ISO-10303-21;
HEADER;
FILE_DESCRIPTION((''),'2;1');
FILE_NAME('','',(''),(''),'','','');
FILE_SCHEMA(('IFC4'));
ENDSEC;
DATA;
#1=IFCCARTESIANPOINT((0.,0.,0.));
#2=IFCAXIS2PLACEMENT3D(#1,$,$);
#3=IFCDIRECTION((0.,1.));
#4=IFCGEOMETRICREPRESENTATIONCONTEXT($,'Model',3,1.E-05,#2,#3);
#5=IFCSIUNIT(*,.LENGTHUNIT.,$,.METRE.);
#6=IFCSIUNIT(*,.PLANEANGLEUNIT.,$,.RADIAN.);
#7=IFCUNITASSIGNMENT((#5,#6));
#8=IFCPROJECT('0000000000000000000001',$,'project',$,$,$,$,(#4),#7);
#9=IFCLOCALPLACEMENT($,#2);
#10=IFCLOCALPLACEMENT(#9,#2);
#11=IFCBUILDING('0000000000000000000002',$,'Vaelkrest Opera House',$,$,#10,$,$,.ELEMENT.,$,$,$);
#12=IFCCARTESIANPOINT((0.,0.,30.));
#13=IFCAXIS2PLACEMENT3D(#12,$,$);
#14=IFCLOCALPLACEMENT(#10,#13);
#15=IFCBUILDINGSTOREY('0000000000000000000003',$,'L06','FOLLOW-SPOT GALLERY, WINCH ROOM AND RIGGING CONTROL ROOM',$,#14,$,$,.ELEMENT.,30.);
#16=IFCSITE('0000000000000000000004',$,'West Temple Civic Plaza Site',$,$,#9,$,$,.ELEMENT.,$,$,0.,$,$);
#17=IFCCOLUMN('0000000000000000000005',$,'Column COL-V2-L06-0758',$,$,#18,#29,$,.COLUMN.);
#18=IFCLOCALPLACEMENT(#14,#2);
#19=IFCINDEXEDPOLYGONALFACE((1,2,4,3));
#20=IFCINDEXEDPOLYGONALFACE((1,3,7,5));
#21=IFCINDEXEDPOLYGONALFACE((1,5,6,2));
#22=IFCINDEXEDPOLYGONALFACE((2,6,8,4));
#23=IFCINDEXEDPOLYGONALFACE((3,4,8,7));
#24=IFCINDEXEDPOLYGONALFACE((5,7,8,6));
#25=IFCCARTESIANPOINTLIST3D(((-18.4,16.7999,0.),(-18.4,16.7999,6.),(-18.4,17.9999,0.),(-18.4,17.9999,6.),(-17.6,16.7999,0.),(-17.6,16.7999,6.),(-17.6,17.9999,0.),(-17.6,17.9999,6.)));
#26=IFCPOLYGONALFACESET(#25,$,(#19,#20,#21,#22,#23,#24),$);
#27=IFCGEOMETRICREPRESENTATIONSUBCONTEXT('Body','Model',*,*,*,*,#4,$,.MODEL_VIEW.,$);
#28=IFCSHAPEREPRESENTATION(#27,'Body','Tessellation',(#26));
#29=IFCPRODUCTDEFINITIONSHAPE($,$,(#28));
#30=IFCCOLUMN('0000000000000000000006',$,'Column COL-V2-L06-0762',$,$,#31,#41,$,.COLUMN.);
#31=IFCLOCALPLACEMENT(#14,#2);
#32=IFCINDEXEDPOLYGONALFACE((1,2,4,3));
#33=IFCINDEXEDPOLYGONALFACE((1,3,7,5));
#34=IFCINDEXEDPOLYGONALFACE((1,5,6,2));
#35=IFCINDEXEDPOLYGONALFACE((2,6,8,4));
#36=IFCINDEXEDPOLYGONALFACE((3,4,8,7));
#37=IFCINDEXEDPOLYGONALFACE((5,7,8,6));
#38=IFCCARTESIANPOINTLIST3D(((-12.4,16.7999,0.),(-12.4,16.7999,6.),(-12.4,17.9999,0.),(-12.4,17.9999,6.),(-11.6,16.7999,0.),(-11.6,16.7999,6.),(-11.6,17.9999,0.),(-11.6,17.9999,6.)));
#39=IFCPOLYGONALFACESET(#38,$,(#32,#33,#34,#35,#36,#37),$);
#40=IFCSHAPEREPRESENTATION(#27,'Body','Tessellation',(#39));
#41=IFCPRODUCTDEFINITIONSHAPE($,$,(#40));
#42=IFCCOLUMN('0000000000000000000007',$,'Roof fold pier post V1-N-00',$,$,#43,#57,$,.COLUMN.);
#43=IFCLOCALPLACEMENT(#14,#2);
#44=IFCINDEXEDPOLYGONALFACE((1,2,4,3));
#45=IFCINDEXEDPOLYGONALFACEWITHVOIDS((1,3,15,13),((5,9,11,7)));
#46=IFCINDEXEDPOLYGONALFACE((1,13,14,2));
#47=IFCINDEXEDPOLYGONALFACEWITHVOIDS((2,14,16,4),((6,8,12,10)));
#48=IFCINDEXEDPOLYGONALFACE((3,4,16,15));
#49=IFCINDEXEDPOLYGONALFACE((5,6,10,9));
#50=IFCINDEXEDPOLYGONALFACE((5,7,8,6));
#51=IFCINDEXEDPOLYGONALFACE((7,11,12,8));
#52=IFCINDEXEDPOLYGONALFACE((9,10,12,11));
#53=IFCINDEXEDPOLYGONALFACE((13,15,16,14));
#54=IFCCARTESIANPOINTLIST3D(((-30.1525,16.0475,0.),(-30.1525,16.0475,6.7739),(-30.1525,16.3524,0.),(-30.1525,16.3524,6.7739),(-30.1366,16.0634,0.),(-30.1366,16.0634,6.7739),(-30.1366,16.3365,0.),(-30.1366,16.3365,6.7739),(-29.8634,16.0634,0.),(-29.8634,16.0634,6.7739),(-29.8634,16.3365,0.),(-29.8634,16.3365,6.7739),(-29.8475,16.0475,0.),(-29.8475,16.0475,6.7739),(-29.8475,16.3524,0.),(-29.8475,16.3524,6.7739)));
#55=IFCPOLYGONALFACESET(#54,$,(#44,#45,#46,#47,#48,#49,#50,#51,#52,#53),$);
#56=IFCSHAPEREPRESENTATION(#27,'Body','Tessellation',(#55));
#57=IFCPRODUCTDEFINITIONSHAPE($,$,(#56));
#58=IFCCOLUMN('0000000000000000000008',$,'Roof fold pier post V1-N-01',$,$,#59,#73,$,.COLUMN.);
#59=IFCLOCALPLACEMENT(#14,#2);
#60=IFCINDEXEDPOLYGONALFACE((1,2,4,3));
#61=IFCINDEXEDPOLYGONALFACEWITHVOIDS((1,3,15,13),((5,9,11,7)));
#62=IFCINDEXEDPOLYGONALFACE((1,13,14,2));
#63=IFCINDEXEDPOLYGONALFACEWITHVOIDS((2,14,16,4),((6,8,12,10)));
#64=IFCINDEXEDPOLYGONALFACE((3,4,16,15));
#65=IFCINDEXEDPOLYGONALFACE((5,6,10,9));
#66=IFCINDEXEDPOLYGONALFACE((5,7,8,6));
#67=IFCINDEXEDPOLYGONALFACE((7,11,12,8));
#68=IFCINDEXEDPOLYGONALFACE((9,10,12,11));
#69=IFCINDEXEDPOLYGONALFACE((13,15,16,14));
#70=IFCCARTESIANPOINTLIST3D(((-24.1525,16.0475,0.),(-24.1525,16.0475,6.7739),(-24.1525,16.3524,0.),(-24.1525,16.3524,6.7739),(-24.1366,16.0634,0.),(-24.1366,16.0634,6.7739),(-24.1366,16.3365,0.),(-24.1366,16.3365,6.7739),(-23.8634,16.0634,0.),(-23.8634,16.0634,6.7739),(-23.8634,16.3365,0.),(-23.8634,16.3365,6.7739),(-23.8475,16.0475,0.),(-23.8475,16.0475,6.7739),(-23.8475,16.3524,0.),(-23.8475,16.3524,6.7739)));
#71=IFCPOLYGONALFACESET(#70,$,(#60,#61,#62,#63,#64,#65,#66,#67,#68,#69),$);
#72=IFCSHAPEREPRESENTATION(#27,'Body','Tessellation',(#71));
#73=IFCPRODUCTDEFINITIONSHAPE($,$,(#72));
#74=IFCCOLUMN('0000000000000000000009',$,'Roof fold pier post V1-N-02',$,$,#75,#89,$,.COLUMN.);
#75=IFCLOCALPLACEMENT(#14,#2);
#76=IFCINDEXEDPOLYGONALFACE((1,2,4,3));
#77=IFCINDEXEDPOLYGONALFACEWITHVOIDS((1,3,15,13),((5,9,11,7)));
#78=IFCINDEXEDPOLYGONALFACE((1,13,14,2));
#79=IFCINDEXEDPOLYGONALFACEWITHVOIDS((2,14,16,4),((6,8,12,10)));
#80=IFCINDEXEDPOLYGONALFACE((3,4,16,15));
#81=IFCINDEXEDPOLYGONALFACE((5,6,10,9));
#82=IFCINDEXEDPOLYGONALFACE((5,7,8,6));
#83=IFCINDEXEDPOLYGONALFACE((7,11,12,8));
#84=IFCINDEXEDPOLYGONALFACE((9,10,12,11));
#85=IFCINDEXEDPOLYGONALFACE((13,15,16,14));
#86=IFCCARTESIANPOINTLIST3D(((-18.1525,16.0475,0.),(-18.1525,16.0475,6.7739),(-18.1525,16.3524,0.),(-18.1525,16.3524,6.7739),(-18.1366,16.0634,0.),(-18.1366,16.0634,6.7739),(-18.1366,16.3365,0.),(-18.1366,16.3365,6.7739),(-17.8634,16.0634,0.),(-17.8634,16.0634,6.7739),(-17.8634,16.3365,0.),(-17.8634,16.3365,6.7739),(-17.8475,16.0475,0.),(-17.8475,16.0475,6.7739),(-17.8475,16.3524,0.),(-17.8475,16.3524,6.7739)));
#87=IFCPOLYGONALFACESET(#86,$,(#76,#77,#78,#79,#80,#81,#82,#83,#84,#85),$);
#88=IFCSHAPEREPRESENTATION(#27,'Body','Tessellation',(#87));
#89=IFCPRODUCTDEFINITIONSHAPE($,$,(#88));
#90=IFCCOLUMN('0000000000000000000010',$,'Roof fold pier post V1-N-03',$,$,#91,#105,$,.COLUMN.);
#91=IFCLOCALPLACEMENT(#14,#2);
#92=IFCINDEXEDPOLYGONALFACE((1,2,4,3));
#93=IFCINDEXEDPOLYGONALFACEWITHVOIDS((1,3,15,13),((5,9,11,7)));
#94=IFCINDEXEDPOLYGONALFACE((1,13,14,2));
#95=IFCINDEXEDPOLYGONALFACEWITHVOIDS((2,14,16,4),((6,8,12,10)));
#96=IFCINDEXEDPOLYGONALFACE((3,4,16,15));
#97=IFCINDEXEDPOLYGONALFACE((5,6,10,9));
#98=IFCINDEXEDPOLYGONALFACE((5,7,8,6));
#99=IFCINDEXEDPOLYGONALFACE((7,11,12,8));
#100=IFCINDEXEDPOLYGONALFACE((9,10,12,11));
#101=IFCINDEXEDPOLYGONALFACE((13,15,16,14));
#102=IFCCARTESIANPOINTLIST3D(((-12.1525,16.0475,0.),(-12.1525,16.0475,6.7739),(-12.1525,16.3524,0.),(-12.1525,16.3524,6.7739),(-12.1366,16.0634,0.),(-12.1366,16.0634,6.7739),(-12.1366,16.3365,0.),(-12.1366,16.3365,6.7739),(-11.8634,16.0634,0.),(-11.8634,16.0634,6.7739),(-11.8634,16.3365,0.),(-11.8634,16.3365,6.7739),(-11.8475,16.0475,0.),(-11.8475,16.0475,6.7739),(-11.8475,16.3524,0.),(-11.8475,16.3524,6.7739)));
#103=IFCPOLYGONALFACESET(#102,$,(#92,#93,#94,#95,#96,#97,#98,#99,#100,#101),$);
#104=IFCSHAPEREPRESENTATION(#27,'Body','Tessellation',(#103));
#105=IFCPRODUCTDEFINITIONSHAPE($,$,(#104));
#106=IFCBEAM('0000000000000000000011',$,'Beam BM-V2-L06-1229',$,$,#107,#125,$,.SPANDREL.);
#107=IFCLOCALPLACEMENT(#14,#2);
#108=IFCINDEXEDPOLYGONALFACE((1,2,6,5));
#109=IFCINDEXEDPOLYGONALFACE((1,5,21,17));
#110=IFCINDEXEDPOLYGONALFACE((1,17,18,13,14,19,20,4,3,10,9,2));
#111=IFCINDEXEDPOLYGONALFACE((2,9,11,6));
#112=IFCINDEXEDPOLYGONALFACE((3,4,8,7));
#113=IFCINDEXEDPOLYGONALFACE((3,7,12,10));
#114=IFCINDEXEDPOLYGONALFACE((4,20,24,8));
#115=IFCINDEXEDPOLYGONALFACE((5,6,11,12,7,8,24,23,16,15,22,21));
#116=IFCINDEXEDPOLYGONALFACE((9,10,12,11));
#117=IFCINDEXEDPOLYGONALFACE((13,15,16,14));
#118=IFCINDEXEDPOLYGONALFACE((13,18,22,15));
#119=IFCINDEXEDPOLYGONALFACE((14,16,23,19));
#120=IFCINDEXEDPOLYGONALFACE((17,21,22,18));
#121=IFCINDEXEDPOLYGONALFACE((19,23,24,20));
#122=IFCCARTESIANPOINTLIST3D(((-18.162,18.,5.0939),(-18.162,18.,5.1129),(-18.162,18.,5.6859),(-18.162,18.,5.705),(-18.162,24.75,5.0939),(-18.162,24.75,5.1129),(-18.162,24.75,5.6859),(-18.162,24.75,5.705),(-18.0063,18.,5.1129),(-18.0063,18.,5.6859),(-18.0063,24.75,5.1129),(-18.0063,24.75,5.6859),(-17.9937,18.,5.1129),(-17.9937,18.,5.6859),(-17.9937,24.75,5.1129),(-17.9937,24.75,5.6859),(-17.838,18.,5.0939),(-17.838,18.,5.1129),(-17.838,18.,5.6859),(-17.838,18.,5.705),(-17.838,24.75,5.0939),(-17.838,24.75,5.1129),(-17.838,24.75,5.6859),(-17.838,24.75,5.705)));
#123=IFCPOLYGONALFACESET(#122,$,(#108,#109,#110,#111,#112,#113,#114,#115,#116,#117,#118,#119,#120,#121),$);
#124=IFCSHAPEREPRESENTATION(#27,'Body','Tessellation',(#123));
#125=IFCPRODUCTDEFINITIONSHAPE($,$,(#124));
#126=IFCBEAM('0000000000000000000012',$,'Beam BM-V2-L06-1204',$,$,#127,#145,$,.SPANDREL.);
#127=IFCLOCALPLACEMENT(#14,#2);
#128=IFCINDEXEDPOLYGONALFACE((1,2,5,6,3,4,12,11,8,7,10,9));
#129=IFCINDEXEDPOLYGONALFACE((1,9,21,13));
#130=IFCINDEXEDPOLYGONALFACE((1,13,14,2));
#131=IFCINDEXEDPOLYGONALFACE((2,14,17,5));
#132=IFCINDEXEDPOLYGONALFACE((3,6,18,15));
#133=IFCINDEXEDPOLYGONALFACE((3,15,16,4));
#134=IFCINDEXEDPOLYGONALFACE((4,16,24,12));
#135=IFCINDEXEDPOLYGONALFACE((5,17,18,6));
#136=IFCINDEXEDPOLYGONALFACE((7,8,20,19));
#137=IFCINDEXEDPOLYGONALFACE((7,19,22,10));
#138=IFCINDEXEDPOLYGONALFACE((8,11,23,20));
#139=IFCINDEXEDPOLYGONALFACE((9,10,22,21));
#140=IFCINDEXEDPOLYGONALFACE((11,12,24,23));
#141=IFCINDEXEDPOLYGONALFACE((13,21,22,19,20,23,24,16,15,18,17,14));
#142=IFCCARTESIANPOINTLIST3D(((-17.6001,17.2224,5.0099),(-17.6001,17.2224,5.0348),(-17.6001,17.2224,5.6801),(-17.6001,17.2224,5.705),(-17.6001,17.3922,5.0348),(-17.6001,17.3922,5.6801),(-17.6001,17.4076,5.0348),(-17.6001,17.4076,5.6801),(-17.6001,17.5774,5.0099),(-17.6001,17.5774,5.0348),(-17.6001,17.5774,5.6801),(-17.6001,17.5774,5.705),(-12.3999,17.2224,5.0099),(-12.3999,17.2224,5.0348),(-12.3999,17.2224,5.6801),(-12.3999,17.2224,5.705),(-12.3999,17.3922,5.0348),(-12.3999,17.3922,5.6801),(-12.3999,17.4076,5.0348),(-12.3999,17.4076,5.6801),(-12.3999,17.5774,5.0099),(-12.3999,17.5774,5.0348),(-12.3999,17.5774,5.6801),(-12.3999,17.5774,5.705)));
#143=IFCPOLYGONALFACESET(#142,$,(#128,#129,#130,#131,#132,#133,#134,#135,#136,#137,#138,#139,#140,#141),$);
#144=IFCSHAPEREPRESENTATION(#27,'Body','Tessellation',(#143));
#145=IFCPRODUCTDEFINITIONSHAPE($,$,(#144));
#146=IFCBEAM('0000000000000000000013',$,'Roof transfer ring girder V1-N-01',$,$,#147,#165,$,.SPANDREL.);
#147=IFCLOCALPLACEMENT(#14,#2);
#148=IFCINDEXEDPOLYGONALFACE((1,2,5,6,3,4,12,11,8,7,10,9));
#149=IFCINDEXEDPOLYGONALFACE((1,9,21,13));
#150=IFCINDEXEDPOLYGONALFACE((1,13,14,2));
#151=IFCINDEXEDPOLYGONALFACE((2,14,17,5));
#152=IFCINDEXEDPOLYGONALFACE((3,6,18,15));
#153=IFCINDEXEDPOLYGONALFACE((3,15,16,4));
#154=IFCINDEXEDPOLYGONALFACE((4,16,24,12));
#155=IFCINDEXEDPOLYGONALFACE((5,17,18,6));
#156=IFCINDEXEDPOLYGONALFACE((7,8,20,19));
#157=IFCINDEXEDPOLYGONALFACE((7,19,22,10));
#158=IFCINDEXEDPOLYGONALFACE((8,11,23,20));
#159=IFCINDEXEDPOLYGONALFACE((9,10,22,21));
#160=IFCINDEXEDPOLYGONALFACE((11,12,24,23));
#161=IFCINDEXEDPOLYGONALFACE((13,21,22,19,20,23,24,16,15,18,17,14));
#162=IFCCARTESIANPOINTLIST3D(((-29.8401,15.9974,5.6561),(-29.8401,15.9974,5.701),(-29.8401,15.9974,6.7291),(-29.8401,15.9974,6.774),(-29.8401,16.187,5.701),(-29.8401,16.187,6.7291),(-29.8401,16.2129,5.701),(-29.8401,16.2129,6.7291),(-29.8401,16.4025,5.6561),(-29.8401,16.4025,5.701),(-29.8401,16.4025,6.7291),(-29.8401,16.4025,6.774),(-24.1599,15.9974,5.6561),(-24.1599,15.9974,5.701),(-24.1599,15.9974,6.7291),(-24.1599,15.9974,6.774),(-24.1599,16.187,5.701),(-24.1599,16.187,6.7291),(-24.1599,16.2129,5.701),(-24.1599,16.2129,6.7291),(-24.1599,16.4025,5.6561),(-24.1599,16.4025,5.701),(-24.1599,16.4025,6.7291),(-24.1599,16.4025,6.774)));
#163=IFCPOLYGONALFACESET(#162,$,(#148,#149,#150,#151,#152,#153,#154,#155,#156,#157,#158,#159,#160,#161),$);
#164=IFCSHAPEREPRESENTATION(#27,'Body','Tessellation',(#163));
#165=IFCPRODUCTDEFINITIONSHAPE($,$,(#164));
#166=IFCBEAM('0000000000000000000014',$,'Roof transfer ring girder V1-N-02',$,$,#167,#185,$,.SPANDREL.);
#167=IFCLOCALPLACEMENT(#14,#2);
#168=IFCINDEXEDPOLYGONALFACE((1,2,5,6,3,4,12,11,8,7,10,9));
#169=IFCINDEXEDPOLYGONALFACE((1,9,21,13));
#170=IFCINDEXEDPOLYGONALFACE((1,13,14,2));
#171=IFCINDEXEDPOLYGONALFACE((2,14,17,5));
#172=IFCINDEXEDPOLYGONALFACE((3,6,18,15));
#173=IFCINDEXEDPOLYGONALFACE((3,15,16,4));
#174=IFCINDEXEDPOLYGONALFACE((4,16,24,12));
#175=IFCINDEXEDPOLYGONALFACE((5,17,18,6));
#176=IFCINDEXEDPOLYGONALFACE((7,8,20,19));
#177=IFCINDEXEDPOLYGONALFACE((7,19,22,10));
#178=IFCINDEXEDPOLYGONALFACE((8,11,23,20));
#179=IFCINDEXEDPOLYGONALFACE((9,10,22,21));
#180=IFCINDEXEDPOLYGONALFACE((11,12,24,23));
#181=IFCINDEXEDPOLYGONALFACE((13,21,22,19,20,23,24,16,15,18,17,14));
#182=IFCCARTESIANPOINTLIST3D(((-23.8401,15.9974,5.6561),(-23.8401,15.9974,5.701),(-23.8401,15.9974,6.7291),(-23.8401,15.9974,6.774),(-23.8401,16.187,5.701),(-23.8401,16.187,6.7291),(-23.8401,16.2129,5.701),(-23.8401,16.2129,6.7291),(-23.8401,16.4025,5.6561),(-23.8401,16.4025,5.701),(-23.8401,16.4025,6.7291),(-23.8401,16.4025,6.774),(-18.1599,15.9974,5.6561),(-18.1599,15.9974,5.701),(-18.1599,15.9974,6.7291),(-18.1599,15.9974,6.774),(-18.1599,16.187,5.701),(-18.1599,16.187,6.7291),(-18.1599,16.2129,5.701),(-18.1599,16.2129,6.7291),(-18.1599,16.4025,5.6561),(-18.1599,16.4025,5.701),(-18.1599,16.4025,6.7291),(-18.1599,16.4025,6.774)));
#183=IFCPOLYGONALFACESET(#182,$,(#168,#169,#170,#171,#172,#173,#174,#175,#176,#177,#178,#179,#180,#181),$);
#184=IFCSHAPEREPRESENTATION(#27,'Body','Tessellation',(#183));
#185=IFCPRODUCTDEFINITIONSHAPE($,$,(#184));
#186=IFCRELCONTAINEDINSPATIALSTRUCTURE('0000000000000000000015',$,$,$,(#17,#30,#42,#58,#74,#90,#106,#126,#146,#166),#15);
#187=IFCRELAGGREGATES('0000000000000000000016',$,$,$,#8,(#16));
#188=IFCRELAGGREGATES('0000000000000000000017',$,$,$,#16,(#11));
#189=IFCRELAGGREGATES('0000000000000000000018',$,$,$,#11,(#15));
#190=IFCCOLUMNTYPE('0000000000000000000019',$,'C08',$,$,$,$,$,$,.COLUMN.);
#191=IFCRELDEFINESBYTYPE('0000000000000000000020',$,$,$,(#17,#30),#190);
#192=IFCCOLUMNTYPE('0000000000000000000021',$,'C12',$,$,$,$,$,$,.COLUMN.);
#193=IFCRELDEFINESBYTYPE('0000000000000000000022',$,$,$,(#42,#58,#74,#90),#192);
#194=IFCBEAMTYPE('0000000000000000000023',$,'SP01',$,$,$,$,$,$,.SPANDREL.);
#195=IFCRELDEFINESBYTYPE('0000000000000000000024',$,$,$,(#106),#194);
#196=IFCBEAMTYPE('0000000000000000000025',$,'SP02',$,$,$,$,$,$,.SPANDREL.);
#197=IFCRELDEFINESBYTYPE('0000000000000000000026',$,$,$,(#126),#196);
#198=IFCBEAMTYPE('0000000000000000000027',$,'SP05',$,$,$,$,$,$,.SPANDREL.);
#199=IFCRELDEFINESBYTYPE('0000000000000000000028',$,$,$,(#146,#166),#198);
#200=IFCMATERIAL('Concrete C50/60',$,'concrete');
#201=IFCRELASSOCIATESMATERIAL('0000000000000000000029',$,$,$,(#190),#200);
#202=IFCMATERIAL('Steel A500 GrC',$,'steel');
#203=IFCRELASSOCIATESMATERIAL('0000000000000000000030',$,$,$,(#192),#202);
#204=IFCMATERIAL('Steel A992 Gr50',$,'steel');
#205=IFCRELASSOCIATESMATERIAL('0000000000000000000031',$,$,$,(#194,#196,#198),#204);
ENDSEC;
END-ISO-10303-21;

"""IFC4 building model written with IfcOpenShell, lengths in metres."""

from ifc_helpers import new_model, si_unit, direction, frame, origin, origin_2d, place, context, subcontext, project, spatial, rectangle, hollow_rectangle, i_section, extrude, material, material_profile, profile_set, type_object, element, save


model = new_model("IFC4")

# Units and contexts
model_context = context("Model", 3, precision=1e-05, world=origin(), true_north=direction((0.0, 1.0)))
body_context = subcontext(model_context, "Body", "Model", "MODEL_VIEW")
ifc_project = project(units=[si_unit("LENGTHUNIT", "METRE"), si_unit("PLANEANGLEUNIT", "RADIAN")], contexts=[model_context])

# Site, building, storey
site_placement = place(None, origin())
site = spatial("IfcSite", under=ifc_project, at=site_placement, Name="West Temple Civic Plaza Site", CompositionType="ELEMENT", RefElevation=0.0)
building_placement = place(site_placement, origin())
building = spatial("IfcBuilding", under=site, at=building_placement, Name="Vaelkrest Opera House", CompositionType="ELEMENT")
storey_placement = place(building_placement, frame((0.0, 0.0, 30.0)))
storey = spatial("IfcBuildingStorey", under=building, at=storey_placement, Name="L06", Description="FOLLOW-SPOT GALLERY, WINCH ROOM AND RIGGING CONTROL ROOM", CompositionType="ELEMENT", Elevation=30.0)

# Columns
ifc_material_1 = material(Name="Concrete C50/60", Category="concrete")
ifc_material_profile_1 = material_profile(ifc_material_1, rectangle(XDim=0.8, YDim=1.2, at=origin_2d()), Name="RC800X1200")
ifc_profile_set_1 = profile_set([ifc_material_profile_1], Name="Concrete C50/60")
column_type_1 = type_object("IfcColumnType", Name="C08", PredefinedType="COLUMN", material=ifc_profile_set_1)
for number, where, z_axis, x_axis, name in (
    (1, (-18.0, 17.3999, 0.0), (0.0, 0.0, 1.0), (1.0, 0.0, 0.0), "Column COL-V2-L06-0758"),
    (2, (-12.0, 17.3999, 0.0), (0.0, 0.0, 1.0), (1.0, 0.0, 0.0), "Column COL-V2-L06-0762"),
):
    element("IfcColumn", number, at=place(storey_placement, frame(where, z_axis=z_axis, x_axis=x_axis)), inside=storey, type_object=column_type_1, Name=name, PredefinedType="COLUMN", context=body_context, shape_type="SweptSolid", body=[
        extrude(rectangle(XDim=0.8, YDim=1.2, at=origin_2d()), origin(), (0.0, 0.0, 1.0), 6.0),
    ])
ifc_material_2 = material(Name="Steel A500 GrC", Category="steel")
ifc_material_profile_2 = material_profile(ifc_material_2, hollow_rectangle(XDim=0.3049, YDim=0.3049, WallThickness=0.0159, at=origin_2d()), Name="HSS305X305X15.9")
ifc_profile_set_2 = profile_set([ifc_material_profile_2], Name="Steel A500 GrC")
column_type_2 = type_object("IfcColumnType", Name="C12", PredefinedType="COLUMN", material=ifc_profile_set_2)
for number, where, z_axis, x_axis, name in (
    (3, (-30.0, 16.2, 0.0), (0.0, 0.0, 1.0), (1.0, 0.0, 0.0), "Roof fold pier post V1-N-00"),
    (4, (-24.0, 16.2, 0.0), (0.0, 0.0, 1.0), (1.0, 0.0, 0.0), "Roof fold pier post V1-N-01"),
    (5, (-18.0, 16.2, 0.0), (0.0, 0.0, 1.0), (1.0, 0.0, 0.0), "Roof fold pier post V1-N-02"),
    (6, (-12.0, 16.2, 0.0), (0.0, 0.0, 1.0), (1.0, 0.0, 0.0), "Roof fold pier post V1-N-03"),
):
    element("IfcColumn", number, at=place(storey_placement, frame(where, z_axis=z_axis, x_axis=x_axis)), inside=storey, type_object=column_type_2, Name=name, PredefinedType="COLUMN", context=body_context, shape_type="SweptSolid", body=[
        extrude(hollow_rectangle(XDim=0.3049, YDim=0.3049, WallThickness=0.0159, at=origin_2d()), origin(), (0.0, 0.0, 1.0), 6.7739),
    ])

# Beams
ifc_material_3 = material(Name="Steel A992 Gr50", Category="steel")
ifc_material_profile_3 = material_profile(ifc_material_3, i_section(OverallWidth=0.324, OverallDepth=0.6111, WebThickness=0.0127, FlangeThickness=0.019, at=origin_2d()), Name="W24X104")
ifc_profile_set_3 = profile_set([ifc_material_profile_3], Name="Steel A992 Gr50")
beam_type_1 = type_object("IfcBeamType", Name="SP01", PredefinedType="SPANDREL", material=ifc_profile_set_3)
beam_1_placement = place(storey_placement, frame((-18.0, 18.0, 5.3994), z_axis=(0.0, 1.0, 0.0), x_axis=(-1.0, 0.0, 0.0)))
element("IfcBeam", 7, at=beam_1_placement, inside=storey, type_object=beam_type_1, Name="Beam BM-V2-L06-1229", PredefinedType="SPANDREL", context=body_context, shape_type="SweptSolid", body=[
    extrude(i_section(OverallWidth=0.324, OverallDepth=0.6111, WebThickness=0.0127, FlangeThickness=0.019, at=origin_2d()), origin(), (0.0, 0.0, 1.0), 6.75),
])
ifc_material_profile_4 = material_profile(ifc_material_3, i_section(OverallWidth=0.355, OverallDepth=0.6951, WebThickness=0.0154, FlangeThickness=0.0249, at=origin_2d()), Name="W27X146")
ifc_profile_set_4 = profile_set([ifc_material_profile_4], Name="Steel A992 Gr50")
beam_type_2 = type_object("IfcBeamType", Name="SP02", PredefinedType="SPANDREL", material=ifc_profile_set_4)
beam_2_placement = place(storey_placement, frame((-17.6001, 17.3999, 5.3574), z_axis=(1.0, 0.0, 0.0), x_axis=(0.0, 1.0, 0.0)))
element("IfcBeam", 8, at=beam_2_placement, inside=storey, type_object=beam_type_2, Name="Beam BM-V2-L06-1204", PredefinedType="SPANDREL", context=body_context, shape_type="SweptSolid", body=[
    extrude(i_section(OverallWidth=0.355, OverallDepth=0.6951, WebThickness=0.0154, FlangeThickness=0.0249, at=origin_2d()), origin(), (0.0, 0.0, 1.0), 5.2002),
])
ifc_material_profile_5 = material_profile(ifc_material_3, i_section(OverallWidth=0.405, OverallDepth=1.1179, WebThickness=0.0259, FlangeThickness=0.0449, at=origin_2d()), Name="W44X335")
ifc_profile_set_5 = profile_set([ifc_material_profile_5], Name="Steel A992 Gr50")
beam_type_3 = type_object("IfcBeamType", Name="SP05", PredefinedType="SPANDREL", material=ifc_profile_set_5)
for number, where, z_axis, x_axis, name in (
    (9, (-29.8401, 16.2, 6.2151), (1.0, 0.0, 0.0), (0.0, 1.0, 0.0), "Roof transfer ring girder V1-N-01"),
    (10, (-23.8401, 16.2, 6.2151), (1.0, 0.0, 0.0), (0.0, 1.0, 0.0), "Roof transfer ring girder V1-N-02"),
):
    element("IfcBeam", number, at=place(storey_placement, frame(where, z_axis=z_axis, x_axis=x_axis)), inside=storey, type_object=beam_type_3, Name=name, PredefinedType="SPANDREL", context=body_context, shape_type="SweptSolid", body=[
        extrude(i_section(OverallWidth=0.405, OverallDepth=1.1179, WebThickness=0.0259, FlangeThickness=0.0449, at=origin_2d()), origin(), (0.0, 0.0, 1.0), 5.6802),
    ])

save(model, "model.ifc")
